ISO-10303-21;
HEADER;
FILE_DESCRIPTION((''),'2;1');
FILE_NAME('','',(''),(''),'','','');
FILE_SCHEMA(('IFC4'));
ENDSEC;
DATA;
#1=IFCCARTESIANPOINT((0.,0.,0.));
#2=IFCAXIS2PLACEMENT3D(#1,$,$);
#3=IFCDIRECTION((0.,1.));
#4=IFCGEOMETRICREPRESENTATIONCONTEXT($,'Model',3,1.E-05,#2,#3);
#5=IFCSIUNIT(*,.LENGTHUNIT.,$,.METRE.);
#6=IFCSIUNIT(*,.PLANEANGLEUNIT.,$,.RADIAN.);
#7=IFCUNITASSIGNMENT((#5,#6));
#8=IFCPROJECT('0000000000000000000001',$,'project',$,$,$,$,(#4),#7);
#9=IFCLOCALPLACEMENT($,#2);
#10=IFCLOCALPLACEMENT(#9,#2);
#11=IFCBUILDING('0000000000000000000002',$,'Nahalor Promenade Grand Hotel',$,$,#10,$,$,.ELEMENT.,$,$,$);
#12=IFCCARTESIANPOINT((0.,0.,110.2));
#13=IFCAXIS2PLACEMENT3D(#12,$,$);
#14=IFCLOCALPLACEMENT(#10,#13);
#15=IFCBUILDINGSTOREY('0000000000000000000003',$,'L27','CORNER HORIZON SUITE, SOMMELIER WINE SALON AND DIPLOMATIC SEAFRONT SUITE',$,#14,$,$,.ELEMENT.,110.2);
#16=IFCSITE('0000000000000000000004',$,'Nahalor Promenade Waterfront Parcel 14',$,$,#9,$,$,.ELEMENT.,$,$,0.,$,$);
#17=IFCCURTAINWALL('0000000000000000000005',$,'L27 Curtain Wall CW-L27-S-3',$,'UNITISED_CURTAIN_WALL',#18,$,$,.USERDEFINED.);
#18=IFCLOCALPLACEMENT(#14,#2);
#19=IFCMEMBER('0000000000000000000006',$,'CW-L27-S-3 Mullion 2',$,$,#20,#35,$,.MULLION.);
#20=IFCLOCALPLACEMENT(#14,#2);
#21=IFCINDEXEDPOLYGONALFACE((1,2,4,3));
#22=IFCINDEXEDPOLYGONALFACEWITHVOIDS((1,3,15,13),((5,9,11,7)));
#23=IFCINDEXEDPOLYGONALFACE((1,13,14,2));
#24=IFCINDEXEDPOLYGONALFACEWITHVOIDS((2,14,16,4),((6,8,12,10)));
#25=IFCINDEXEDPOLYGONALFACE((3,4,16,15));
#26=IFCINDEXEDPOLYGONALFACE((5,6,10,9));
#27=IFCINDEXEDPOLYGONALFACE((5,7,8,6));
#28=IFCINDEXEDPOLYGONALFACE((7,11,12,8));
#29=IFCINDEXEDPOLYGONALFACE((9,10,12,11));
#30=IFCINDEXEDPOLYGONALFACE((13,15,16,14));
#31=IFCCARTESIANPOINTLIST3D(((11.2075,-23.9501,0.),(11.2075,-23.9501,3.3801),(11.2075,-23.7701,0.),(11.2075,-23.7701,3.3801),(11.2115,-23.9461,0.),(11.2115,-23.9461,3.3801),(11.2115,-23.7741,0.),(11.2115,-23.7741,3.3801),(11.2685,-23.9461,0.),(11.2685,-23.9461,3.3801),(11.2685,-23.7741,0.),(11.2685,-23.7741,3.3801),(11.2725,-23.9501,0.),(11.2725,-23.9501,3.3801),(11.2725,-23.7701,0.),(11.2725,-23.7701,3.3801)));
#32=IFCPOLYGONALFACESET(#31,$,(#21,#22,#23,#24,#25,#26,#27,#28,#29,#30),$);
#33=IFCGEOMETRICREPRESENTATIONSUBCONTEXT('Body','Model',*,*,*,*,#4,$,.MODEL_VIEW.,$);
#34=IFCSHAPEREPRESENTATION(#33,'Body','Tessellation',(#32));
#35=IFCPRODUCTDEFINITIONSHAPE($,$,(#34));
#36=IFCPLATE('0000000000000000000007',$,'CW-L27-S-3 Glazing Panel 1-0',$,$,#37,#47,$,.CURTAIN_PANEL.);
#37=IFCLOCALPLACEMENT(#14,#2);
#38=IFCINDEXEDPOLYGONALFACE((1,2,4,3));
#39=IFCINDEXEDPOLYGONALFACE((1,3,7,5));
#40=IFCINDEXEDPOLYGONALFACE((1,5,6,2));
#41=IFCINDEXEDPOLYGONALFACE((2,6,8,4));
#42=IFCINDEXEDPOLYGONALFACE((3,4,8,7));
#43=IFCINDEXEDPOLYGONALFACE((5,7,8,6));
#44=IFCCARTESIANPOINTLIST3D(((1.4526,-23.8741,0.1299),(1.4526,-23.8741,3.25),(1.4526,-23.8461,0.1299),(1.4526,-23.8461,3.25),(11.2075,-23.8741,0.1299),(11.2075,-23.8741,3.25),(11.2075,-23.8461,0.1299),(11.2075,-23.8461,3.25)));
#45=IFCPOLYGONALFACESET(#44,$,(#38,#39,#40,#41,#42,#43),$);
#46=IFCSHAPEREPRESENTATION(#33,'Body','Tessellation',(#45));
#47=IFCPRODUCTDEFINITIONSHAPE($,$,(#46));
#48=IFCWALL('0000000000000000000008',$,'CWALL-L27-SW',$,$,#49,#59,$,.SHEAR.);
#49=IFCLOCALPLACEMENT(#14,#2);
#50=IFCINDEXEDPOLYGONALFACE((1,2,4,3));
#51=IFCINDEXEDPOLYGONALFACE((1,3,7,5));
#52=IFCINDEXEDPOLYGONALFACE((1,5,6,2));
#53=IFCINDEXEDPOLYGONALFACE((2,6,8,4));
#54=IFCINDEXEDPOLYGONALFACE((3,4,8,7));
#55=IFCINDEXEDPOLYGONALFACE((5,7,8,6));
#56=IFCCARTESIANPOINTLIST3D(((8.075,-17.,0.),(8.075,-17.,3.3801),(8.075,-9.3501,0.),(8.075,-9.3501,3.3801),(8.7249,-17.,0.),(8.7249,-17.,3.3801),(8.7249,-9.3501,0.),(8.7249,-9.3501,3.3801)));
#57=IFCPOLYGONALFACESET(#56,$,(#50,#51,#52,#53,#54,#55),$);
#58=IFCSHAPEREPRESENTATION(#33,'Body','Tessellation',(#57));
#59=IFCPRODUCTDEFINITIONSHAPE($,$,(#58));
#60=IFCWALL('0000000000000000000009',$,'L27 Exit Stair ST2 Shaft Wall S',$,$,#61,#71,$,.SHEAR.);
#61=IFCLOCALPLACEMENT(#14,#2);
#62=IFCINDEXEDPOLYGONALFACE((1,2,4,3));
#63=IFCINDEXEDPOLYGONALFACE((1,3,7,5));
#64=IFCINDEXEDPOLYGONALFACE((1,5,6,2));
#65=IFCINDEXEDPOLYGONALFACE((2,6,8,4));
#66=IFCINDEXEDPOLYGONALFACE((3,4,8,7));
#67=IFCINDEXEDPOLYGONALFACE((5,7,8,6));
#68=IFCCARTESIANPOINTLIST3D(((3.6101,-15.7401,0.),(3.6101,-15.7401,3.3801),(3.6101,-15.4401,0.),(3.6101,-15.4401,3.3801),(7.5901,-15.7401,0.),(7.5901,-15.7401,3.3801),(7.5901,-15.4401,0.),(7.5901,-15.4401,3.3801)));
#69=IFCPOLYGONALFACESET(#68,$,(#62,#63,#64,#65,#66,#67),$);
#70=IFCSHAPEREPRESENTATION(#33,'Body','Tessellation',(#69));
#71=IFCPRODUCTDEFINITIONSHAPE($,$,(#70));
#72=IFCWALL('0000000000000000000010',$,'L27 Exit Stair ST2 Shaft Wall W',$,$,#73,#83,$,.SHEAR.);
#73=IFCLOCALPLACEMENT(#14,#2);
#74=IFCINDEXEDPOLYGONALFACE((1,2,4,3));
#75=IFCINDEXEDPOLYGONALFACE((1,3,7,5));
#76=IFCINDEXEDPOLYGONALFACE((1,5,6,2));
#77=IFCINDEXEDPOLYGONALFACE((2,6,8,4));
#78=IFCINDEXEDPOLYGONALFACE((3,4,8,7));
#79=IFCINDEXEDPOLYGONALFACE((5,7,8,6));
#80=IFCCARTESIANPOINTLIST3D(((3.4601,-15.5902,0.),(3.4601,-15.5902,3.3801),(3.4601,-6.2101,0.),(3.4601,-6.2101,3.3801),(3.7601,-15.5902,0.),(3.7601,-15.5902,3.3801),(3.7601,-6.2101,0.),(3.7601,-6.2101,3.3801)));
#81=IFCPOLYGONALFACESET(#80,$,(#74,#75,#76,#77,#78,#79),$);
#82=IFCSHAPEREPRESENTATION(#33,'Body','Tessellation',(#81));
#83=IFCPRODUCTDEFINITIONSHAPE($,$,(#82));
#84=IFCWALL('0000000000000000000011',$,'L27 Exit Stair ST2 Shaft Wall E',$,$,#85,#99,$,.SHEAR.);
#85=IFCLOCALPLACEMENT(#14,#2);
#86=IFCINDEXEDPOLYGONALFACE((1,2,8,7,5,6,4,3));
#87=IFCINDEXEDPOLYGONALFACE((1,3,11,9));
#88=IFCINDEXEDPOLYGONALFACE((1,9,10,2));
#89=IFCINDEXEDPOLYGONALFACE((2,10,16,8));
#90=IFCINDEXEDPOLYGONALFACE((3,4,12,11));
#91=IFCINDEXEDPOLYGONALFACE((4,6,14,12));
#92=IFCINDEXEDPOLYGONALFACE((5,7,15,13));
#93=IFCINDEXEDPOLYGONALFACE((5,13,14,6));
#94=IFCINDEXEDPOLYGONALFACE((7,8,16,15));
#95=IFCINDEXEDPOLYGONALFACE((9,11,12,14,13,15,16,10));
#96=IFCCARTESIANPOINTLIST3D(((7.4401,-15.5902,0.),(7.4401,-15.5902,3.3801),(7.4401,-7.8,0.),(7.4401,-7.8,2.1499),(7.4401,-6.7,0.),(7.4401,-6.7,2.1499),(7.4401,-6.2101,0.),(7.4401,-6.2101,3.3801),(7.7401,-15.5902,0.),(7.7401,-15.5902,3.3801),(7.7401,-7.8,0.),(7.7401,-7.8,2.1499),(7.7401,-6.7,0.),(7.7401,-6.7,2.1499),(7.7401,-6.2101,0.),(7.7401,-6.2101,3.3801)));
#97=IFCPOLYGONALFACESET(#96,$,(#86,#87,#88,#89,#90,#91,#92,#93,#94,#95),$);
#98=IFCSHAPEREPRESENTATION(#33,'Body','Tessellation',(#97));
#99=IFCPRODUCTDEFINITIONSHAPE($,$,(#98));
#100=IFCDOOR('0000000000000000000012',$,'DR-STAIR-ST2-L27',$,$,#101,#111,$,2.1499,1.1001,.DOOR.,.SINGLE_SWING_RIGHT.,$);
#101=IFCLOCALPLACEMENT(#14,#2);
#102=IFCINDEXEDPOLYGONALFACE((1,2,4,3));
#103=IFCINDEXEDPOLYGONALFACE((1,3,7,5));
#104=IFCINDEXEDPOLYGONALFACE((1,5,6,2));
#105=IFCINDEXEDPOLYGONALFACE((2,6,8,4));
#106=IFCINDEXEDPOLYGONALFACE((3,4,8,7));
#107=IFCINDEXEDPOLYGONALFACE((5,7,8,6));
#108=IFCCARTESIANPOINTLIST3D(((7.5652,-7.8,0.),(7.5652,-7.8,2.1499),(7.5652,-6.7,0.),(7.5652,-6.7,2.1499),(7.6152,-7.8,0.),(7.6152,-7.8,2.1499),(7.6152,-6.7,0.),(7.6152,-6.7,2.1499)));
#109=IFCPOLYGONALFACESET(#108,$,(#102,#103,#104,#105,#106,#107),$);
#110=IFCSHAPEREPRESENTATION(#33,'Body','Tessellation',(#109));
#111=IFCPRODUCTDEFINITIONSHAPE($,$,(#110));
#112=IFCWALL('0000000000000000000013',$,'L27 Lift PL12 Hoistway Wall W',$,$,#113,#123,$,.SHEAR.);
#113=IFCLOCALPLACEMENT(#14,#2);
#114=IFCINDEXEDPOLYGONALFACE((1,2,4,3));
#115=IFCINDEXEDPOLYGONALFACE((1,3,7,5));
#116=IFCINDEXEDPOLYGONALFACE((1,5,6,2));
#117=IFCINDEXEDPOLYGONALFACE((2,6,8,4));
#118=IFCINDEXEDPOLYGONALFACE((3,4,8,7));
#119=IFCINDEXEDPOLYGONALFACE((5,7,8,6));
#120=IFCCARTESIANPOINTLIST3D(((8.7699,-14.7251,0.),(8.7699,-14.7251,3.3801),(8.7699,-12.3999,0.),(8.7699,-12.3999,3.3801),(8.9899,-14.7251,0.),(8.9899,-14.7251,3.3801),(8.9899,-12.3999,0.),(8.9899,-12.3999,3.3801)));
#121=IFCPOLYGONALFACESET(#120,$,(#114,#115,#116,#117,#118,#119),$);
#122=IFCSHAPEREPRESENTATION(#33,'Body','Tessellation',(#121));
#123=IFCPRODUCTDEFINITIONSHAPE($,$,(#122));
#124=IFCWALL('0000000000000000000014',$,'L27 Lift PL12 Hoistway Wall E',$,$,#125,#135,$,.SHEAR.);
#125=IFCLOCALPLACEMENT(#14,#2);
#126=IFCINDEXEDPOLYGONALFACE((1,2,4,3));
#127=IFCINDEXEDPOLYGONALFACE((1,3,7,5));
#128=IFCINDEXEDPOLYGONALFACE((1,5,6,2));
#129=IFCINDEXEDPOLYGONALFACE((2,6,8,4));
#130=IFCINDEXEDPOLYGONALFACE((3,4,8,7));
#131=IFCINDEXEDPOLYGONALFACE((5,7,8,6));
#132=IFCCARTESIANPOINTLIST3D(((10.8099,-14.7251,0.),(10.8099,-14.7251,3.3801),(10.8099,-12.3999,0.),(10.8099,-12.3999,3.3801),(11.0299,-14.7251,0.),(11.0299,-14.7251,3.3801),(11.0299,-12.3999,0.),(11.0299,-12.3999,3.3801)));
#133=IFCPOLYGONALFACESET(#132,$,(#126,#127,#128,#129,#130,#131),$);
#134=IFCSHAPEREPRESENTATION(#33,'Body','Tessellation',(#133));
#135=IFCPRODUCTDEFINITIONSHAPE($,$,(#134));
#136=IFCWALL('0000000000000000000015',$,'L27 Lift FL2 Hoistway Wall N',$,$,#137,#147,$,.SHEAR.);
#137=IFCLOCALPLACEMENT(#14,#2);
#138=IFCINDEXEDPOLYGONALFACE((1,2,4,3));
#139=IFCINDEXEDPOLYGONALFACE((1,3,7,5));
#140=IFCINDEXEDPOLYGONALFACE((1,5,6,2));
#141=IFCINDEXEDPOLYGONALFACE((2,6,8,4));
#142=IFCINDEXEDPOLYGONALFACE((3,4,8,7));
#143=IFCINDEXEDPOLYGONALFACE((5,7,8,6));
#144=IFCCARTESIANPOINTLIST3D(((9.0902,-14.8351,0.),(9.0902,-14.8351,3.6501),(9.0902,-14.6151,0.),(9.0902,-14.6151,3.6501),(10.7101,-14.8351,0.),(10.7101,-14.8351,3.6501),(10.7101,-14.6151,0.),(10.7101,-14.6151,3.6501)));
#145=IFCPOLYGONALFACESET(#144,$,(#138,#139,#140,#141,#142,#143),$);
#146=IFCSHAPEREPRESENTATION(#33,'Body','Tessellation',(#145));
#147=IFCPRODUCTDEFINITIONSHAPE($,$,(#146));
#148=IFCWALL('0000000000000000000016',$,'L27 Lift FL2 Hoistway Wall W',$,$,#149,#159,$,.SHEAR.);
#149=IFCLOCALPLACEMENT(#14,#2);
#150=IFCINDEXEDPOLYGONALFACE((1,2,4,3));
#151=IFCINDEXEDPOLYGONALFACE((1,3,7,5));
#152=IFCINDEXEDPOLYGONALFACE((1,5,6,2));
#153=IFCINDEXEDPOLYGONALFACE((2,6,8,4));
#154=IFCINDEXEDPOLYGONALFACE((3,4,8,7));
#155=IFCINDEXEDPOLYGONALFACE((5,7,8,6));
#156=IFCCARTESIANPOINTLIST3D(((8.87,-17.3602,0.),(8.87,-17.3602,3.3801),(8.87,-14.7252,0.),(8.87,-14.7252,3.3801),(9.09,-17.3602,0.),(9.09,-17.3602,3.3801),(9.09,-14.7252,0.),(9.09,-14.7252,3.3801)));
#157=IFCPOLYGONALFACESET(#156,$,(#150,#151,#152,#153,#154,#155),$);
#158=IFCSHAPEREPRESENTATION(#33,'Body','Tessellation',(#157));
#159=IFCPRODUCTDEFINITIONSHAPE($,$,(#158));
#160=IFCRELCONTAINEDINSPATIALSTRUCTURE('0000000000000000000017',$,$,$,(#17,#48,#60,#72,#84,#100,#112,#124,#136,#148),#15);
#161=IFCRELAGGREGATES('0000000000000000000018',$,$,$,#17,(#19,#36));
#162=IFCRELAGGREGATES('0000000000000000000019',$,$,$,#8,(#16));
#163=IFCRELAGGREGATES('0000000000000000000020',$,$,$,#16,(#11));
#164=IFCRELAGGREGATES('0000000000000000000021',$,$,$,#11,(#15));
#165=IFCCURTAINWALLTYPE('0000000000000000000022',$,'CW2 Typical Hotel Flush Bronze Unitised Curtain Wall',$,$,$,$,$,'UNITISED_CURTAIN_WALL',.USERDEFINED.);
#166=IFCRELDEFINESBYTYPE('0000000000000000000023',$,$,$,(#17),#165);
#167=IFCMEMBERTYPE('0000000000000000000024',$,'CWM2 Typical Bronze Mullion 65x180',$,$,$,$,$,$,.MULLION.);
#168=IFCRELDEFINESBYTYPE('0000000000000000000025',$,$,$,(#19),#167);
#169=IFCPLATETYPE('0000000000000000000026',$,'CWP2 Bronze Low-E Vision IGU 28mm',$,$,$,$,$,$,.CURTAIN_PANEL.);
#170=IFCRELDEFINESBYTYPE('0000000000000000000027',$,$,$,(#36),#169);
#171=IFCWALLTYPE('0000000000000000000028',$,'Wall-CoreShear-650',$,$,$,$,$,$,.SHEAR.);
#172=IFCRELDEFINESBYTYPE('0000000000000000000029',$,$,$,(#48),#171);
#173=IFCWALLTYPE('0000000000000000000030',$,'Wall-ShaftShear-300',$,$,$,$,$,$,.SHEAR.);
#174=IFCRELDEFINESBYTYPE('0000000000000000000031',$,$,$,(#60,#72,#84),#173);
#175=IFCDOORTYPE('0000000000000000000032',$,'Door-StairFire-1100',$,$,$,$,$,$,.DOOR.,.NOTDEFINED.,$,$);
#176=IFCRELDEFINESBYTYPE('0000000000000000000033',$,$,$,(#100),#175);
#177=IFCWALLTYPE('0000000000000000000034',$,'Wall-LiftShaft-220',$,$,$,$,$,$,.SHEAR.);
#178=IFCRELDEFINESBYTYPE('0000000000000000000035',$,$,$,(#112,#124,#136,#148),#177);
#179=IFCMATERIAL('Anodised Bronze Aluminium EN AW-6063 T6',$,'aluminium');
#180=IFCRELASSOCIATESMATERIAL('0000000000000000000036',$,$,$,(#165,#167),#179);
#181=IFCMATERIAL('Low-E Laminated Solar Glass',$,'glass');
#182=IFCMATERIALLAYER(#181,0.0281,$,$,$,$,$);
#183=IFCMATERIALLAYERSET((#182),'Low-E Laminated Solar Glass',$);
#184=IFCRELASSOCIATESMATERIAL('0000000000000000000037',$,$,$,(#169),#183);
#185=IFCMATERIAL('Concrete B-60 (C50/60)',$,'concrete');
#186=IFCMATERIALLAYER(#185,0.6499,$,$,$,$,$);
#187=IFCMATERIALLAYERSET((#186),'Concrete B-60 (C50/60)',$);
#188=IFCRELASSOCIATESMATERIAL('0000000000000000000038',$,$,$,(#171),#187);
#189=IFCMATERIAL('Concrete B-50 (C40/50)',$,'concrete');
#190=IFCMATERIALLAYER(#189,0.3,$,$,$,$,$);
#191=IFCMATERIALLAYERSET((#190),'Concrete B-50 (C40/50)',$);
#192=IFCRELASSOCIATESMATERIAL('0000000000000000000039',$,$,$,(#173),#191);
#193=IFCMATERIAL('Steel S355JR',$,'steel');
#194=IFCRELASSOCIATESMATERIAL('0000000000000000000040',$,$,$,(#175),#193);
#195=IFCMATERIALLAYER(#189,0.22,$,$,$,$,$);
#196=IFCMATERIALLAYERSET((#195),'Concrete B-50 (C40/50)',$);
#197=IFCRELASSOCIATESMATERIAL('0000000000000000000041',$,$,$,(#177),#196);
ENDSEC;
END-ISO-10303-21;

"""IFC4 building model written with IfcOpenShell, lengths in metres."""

from ifc_helpers import new_model, si_unit, direction, frame, frame_2d, origin, origin_2d, place, context, subcontext, project, spatial, rectangle, hollow_rectangle, extrude, source, transform, mapped, material, layer, layer_set, material_profile, profile_set, type_object, element, fill, aggregate, save


model = new_model("IFC4")

# Units and contexts
model_context = context("Model", 3, precision=1e-05, world=origin(), true_north=direction((0.0, 1.0)))
body_context = subcontext(model_context, "Body", "Model", "MODEL_VIEW")
ifc_project = project(units=[si_unit("LENGTHUNIT", "METRE"), si_unit("PLANEANGLEUNIT", "RADIAN")], contexts=[model_context])

# Site, building, storey
site_placement = place(None, origin())
site = spatial("IfcSite", under=ifc_project, at=site_placement, Name="Nahalor Promenade Waterfront Parcel 14", CompositionType="ELEMENT", RefElevation=0.0)
building_placement = place(site_placement, origin())
building = spatial("IfcBuilding", under=site, at=building_placement, Name="Nahalor Promenade Grand Hotel", CompositionType="ELEMENT")
storey_placement = place(building_placement, frame((0.0, 0.0, 110.2)))
storey = spatial("IfcBuildingStorey", under=building, at=storey_placement, Name="L27", Description="CORNER HORIZON SUITE, SOMMELIER WINE SALON AND DIPLOMATIC SEAFRONT SUITE", CompositionType="ELEMENT", Elevation=110.2)

# Shared definitions
ifc_material_1 = material(Name="Concrete B-60 (C50/60)", Category="concrete")

# Shared definitions
ifc_material_2 = material(Name="Steel S355JR", Category="steel")

# Curtain wall, member, plate
ifc_material_3 = material(Name="Anodised Bronze Aluminium EN AW-6063 T6", Category="aluminium")
curtain_wall_type = type_object("IfcCurtainWallType", Name="CW2 Typical Hotel Flush Bronze Unitised Curtain Wall", ElementType="UNITISED_CURTAIN_WALL", PredefinedType="USERDEFINED", material=ifc_material_3)
curtain_wall_placement = place(storey_placement, origin())
curtain_wall = element("IfcCurtainWall", 1, at=curtain_wall_placement, inside=storey, type_object=curtain_wall_type, Name="L27 Curtain Wall CW-L27-S-3", ObjectType="UNITISED_CURTAIN_WALL", PredefinedType="USERDEFINED")
ifc_material_profile_1 = material_profile(ifc_material_3, hollow_rectangle(XDim=0.065, YDim=0.18, WallThickness=0.004, at=origin_2d()), Name="CWM 65x180x4")
ifc_profile_set_1 = profile_set([ifc_material_profile_1], Name="Anodised Bronze Aluminium EN AW-6063 T6")
member_type_1 = type_object("IfcMemberType", Name="CWM2 Typical Bronze Mullion 65x180", PredefinedType="MULLION", material=ifc_profile_set_1)
shared_shape_1 = source(origin(), body_context, "Body", "SweptSolid", [
    extrude(hollow_rectangle(XDim=0.065, YDim=0.18, WallThickness=0.004, at=origin_2d()), origin(), (0.0, 0.0, 1.0), 3.3801),
])
member_1_placement = place(storey_placement, frame((11.24, -23.8601, 0.0), z_axis=(0.0, 0.0, 1.0), x_axis=(1.0, 0.0, 0.0)))
member_1 = element("IfcMember", 2, at=member_1_placement, type_object=member_type_1, Name="CW-L27-S-3 Mullion 2", PredefinedType="MULLION", context=body_context, shape_type="MappedRepresentation", body=[
    mapped(shared_shape_1, transform((0.0, 0.0, 0.0), scale=1.0)),
])
ifc_material_4 = material(Name="Low-E Laminated Solar Glass", Category="glass")
ifc_layer_1 = layer(ifc_material_4, 0.0281)
ifc_layer_set_1 = layer_set([ifc_layer_1], Name="Low-E Laminated Solar Glass")
plate_type = type_object("IfcPlateType", Name="CWP2 Bronze Low-E Vision IGU 28mm", PredefinedType="CURTAIN_PANEL", material=ifc_layer_set_1)
shared_shape_2 = source(origin(), body_context, "Body", "SweptSolid", [
    extrude(rectangle(XDim=9.7549, YDim=0.0281, at=origin_2d()), origin(), (0.0, 0.0, 1.0), 3.1201),
])
plate_placement = place(storey_placement, frame((6.3301, -23.8601, 0.1299), z_axis=(0.0, 0.0, 1.0), x_axis=(1.0, 0.0, 0.0)))
plate = element("IfcPlate", 3, at=plate_placement, type_object=plate_type, Name="CW-L27-S-3 Glazing Panel 1-0", PredefinedType="CURTAIN_PANEL", context=body_context, shape_type="MappedRepresentation", body=[
    mapped(shared_shape_2, transform((0.0, 0.0, 0.0), scale=1.0)),
])
aggregate(curtain_wall, [member_1, plate])

# Walls
ifc_layer_2 = layer(ifc_material_1, 0.6499)
ifc_layer_set_2 = layer_set([ifc_layer_2], Name="Concrete B-60 (C50/60)")
wall_type_1 = type_object("IfcWallType", Name="Wall-CoreShear-650", PredefinedType="SHEAR", material=ifc_layer_set_2)
shared_shape_3 = source(origin(), body_context, "Body", "SweptSolid", [
    extrude(rectangle(XDim=7.6499, YDim=0.6499, at=frame_2d((3.825, 0.0))), origin(), (0.0, 0.0, 1.0), 3.3801),
])
wall_1_placement = place(storey_placement, frame((8.3999, -17.0, 0.0), z_axis=(0.0, 0.0, 1.0), x_axis=(0.0, 1.0, 0.0)))
element("IfcWall", 4, at=wall_1_placement, inside=storey, type_object=wall_type_1, Name="CWALL-L27-SW", PredefinedType="SHEAR", context=body_context, shape_type="MappedRepresentation", body=[
    mapped(shared_shape_3, transform((0.0, 0.0, 0.0), scale=1.0)),
])
ifc_material_5 = material(Name="Concrete B-50 (C40/50)", Category="concrete")
ifc_layer_3 = layer(ifc_material_5, 0.3)
ifc_layer_set_3 = layer_set([ifc_layer_3], Name="Concrete B-50 (C40/50)")
wall_type_2 = type_object("IfcWallType", Name="Wall-ShaftShear-300", PredefinedType="SHEAR", material=ifc_layer_set_3)
shared_shape_4 = source(origin(), body_context, "Body", "SweptSolid", [
    extrude(rectangle(XDim=3.98, YDim=0.3, at=frame_2d((1.99, 0.0))), origin(), (0.0, 0.0, 1.0), 3.3801),
])
wall_2_placement = place(storey_placement, frame((3.6101, -15.5901, 0.0), z_axis=(0.0, 0.0, 1.0), x_axis=(1.0, 0.0, 0.0)))
element("IfcWall", 5, at=wall_2_placement, inside=storey, type_object=wall_type_2, Name="L27 Exit Stair ST2 Shaft Wall S", PredefinedType="SHEAR", context=body_context, shape_type="MappedRepresentation", body=[
    mapped(shared_shape_4, transform((0.0, 0.0, 0.0), scale=1.0)),
])
shared_shape_5 = source(origin(), body_context, "Body", "SweptSolid", [
    extrude(rectangle(XDim=9.3801, YDim=0.3, at=frame_2d((4.6899, 0.0))), origin(), (0.0, 0.0, 1.0), 3.3801),
])
wall_3_placement = place(storey_placement, frame((3.6101, -15.5901, 0.0), z_axis=(0.0, 0.0, 1.0), x_axis=(0.0, 1.0, 0.0)))
element("IfcWall", 6, at=wall_3_placement, inside=storey, type_object=wall_type_2, Name="L27 Exit Stair ST2 Shaft Wall W", PredefinedType="SHEAR", context=body_context, shape_type="MappedRepresentation", body=[
    mapped(shared_shape_5, transform((0.0, 0.0, 0.0), scale=1.0)),
])

# Wall, opening, door
wall_4_placement = place(storey_placement, frame((7.5901, -15.5901, 0.0), z_axis=(0.0, 0.0, 1.0), x_axis=(0.0, 1.0, 0.0)))
wall_4 = element("IfcWall", 7, at=wall_4_placement, inside=storey, type_object=wall_type_2, Name="L27 Exit Stair ST2 Shaft Wall E", PredefinedType="SHEAR", context=body_context, shape_type="MappedRepresentation", body=[
    mapped(shared_shape_5, transform((0.0, 0.0, 0.0), scale=1.0)),
])
opening_1_placement = place(wall_4_placement, frame((7.79, 0.0, 0.0)))
opening_1 = element("IfcOpeningElement", 8, at=opening_1_placement, cuts=wall_4, PredefinedType="OPENING", context=body_context, shape_type="SweptSolid", body=[
    extrude(rectangle(XDim=1.1001, YDim=2.1499, at=frame_2d((0.55, 1.075))), frame((0.0, 0.1599, 0.0), z_axis=(0.0, -1.0, 0.0), x_axis=(1.0, 0.0, 0.0)), (0.0, 0.0, 1.0), 0.3201),
])
door_type_1 = type_object("IfcDoorType", Name="Door-StairFire-1100", OperationType="NOTDEFINED", PredefinedType="DOOR", material=ifc_material_2)
shared_shape_6 = source(origin(), body_context, "Body", "SweptSolid", [
    extrude(rectangle(XDim=1.1001, YDim=2.1499, at=frame_2d((0.55, 1.075))), frame((0.0, 0.0249, 0.0), z_axis=(0.0, -1.0, 0.0), x_axis=(1.0, 0.0, 0.0)), (0.0, 0.0, 1.0), 0.05),
])
door_1_placement = place(opening_1_placement, origin())
door_1 = element("IfcDoor", 9, at=door_1_placement, inside=storey, type_object=door_type_1, Name="DR-STAIR-ST2-L27", OperationType="SINGLE_SWING_RIGHT", OverallHeight=2.1499, OverallWidth=1.1001, PredefinedType="DOOR", context=body_context, shape_type="MappedRepresentation", body=[
    mapped(shared_shape_6, transform((0.0, 0.0, 0.0), scale=1.0)),
])
fill(opening_1, door_1)

# Walls
ifc_layer_4 = layer(ifc_material_5, 0.22)
ifc_layer_set_4 = layer_set([ifc_layer_4], Name="Concrete B-50 (C40/50)")
wall_type_3 = type_object("IfcWallType", Name="Wall-LiftShaft-220", PredefinedType="SHEAR", material=ifc_layer_set_4)
shared_shape_7 = source(origin(), body_context, "Body", "SweptSolid", [
    extrude(rectangle(XDim=2.3252, YDim=0.22, at=frame_2d((1.1626, 0.0))), origin(), (0.0, 0.0, 1.0), 3.3801),
])
for number, where, z_axis, x_axis, name in (
    (10, (8.8799, -14.7251, 0.0), (0.0, 0.0, 1.0), (0.0, 1.0, 0.0), "L27 Lift PL12 Hoistway Wall W"),
    (11, (10.9199, -14.7251, 0.0), (0.0, 0.0, 1.0), (0.0, 1.0, 0.0), "L27 Lift PL12 Hoistway Wall E"),
):
    element("IfcWall", number, at=place(storey_placement, frame(where, z_axis=z_axis, x_axis=x_axis)), inside=storey, type_object=wall_type_3, Name=name, PredefinedType="SHEAR", context=body_context, shape_type="MappedRepresentation", body=[
        mapped(shared_shape_7, transform((0.0, 0.0, 0.0), scale=1.0)),
    ])
shared_shape_8 = source(origin(), body_context, "Body", "SweptSolid", [
    extrude(rectangle(XDim=1.6199, YDim=0.22, at=frame_2d((0.8101, 0.0))), origin(), (0.0, 0.0, 1.0), 3.6501),
])
wall_5_placement = place(storey_placement, frame((9.0901, -14.7251, 0.0), z_axis=(0.0, 0.0, 1.0), x_axis=(1.0, 0.0, 0.0)))
element("IfcWall", 12, at=wall_5_placement, inside=storey, type_object=wall_type_3, Name="L27 Lift FL2 Hoistway Wall N", PredefinedType="SHEAR", context=body_context, shape_type="MappedRepresentation", body=[
    mapped(shared_shape_8, transform((0.0, 0.0, 0.0), scale=1.0)),
])
shared_shape_9 = source(origin(), body_context, "Body", "SweptSolid", [
    extrude(rectangle(XDim=2.635, YDim=0.22, at=frame_2d((1.3174, 0.0))), origin(), (0.0, 0.0, 1.0), 3.3801),
])
wall_6_placement = place(storey_placement, frame((8.98, -17.3601, 0.0), z_axis=(0.0, 0.0, 1.0), x_axis=(0.0, 1.0, 0.0)))
element("IfcWall", 13, at=wall_6_placement, inside=storey, type_object=wall_type_3, Name="L27 Lift FL2 Hoistway Wall W", PredefinedType="SHEAR", context=body_context, shape_type="MappedRepresentation", body=[
    mapped(shared_shape_9, transform((0.0, 0.0, 0.0), scale=1.0)),
])

save(model, "model.ifc")
